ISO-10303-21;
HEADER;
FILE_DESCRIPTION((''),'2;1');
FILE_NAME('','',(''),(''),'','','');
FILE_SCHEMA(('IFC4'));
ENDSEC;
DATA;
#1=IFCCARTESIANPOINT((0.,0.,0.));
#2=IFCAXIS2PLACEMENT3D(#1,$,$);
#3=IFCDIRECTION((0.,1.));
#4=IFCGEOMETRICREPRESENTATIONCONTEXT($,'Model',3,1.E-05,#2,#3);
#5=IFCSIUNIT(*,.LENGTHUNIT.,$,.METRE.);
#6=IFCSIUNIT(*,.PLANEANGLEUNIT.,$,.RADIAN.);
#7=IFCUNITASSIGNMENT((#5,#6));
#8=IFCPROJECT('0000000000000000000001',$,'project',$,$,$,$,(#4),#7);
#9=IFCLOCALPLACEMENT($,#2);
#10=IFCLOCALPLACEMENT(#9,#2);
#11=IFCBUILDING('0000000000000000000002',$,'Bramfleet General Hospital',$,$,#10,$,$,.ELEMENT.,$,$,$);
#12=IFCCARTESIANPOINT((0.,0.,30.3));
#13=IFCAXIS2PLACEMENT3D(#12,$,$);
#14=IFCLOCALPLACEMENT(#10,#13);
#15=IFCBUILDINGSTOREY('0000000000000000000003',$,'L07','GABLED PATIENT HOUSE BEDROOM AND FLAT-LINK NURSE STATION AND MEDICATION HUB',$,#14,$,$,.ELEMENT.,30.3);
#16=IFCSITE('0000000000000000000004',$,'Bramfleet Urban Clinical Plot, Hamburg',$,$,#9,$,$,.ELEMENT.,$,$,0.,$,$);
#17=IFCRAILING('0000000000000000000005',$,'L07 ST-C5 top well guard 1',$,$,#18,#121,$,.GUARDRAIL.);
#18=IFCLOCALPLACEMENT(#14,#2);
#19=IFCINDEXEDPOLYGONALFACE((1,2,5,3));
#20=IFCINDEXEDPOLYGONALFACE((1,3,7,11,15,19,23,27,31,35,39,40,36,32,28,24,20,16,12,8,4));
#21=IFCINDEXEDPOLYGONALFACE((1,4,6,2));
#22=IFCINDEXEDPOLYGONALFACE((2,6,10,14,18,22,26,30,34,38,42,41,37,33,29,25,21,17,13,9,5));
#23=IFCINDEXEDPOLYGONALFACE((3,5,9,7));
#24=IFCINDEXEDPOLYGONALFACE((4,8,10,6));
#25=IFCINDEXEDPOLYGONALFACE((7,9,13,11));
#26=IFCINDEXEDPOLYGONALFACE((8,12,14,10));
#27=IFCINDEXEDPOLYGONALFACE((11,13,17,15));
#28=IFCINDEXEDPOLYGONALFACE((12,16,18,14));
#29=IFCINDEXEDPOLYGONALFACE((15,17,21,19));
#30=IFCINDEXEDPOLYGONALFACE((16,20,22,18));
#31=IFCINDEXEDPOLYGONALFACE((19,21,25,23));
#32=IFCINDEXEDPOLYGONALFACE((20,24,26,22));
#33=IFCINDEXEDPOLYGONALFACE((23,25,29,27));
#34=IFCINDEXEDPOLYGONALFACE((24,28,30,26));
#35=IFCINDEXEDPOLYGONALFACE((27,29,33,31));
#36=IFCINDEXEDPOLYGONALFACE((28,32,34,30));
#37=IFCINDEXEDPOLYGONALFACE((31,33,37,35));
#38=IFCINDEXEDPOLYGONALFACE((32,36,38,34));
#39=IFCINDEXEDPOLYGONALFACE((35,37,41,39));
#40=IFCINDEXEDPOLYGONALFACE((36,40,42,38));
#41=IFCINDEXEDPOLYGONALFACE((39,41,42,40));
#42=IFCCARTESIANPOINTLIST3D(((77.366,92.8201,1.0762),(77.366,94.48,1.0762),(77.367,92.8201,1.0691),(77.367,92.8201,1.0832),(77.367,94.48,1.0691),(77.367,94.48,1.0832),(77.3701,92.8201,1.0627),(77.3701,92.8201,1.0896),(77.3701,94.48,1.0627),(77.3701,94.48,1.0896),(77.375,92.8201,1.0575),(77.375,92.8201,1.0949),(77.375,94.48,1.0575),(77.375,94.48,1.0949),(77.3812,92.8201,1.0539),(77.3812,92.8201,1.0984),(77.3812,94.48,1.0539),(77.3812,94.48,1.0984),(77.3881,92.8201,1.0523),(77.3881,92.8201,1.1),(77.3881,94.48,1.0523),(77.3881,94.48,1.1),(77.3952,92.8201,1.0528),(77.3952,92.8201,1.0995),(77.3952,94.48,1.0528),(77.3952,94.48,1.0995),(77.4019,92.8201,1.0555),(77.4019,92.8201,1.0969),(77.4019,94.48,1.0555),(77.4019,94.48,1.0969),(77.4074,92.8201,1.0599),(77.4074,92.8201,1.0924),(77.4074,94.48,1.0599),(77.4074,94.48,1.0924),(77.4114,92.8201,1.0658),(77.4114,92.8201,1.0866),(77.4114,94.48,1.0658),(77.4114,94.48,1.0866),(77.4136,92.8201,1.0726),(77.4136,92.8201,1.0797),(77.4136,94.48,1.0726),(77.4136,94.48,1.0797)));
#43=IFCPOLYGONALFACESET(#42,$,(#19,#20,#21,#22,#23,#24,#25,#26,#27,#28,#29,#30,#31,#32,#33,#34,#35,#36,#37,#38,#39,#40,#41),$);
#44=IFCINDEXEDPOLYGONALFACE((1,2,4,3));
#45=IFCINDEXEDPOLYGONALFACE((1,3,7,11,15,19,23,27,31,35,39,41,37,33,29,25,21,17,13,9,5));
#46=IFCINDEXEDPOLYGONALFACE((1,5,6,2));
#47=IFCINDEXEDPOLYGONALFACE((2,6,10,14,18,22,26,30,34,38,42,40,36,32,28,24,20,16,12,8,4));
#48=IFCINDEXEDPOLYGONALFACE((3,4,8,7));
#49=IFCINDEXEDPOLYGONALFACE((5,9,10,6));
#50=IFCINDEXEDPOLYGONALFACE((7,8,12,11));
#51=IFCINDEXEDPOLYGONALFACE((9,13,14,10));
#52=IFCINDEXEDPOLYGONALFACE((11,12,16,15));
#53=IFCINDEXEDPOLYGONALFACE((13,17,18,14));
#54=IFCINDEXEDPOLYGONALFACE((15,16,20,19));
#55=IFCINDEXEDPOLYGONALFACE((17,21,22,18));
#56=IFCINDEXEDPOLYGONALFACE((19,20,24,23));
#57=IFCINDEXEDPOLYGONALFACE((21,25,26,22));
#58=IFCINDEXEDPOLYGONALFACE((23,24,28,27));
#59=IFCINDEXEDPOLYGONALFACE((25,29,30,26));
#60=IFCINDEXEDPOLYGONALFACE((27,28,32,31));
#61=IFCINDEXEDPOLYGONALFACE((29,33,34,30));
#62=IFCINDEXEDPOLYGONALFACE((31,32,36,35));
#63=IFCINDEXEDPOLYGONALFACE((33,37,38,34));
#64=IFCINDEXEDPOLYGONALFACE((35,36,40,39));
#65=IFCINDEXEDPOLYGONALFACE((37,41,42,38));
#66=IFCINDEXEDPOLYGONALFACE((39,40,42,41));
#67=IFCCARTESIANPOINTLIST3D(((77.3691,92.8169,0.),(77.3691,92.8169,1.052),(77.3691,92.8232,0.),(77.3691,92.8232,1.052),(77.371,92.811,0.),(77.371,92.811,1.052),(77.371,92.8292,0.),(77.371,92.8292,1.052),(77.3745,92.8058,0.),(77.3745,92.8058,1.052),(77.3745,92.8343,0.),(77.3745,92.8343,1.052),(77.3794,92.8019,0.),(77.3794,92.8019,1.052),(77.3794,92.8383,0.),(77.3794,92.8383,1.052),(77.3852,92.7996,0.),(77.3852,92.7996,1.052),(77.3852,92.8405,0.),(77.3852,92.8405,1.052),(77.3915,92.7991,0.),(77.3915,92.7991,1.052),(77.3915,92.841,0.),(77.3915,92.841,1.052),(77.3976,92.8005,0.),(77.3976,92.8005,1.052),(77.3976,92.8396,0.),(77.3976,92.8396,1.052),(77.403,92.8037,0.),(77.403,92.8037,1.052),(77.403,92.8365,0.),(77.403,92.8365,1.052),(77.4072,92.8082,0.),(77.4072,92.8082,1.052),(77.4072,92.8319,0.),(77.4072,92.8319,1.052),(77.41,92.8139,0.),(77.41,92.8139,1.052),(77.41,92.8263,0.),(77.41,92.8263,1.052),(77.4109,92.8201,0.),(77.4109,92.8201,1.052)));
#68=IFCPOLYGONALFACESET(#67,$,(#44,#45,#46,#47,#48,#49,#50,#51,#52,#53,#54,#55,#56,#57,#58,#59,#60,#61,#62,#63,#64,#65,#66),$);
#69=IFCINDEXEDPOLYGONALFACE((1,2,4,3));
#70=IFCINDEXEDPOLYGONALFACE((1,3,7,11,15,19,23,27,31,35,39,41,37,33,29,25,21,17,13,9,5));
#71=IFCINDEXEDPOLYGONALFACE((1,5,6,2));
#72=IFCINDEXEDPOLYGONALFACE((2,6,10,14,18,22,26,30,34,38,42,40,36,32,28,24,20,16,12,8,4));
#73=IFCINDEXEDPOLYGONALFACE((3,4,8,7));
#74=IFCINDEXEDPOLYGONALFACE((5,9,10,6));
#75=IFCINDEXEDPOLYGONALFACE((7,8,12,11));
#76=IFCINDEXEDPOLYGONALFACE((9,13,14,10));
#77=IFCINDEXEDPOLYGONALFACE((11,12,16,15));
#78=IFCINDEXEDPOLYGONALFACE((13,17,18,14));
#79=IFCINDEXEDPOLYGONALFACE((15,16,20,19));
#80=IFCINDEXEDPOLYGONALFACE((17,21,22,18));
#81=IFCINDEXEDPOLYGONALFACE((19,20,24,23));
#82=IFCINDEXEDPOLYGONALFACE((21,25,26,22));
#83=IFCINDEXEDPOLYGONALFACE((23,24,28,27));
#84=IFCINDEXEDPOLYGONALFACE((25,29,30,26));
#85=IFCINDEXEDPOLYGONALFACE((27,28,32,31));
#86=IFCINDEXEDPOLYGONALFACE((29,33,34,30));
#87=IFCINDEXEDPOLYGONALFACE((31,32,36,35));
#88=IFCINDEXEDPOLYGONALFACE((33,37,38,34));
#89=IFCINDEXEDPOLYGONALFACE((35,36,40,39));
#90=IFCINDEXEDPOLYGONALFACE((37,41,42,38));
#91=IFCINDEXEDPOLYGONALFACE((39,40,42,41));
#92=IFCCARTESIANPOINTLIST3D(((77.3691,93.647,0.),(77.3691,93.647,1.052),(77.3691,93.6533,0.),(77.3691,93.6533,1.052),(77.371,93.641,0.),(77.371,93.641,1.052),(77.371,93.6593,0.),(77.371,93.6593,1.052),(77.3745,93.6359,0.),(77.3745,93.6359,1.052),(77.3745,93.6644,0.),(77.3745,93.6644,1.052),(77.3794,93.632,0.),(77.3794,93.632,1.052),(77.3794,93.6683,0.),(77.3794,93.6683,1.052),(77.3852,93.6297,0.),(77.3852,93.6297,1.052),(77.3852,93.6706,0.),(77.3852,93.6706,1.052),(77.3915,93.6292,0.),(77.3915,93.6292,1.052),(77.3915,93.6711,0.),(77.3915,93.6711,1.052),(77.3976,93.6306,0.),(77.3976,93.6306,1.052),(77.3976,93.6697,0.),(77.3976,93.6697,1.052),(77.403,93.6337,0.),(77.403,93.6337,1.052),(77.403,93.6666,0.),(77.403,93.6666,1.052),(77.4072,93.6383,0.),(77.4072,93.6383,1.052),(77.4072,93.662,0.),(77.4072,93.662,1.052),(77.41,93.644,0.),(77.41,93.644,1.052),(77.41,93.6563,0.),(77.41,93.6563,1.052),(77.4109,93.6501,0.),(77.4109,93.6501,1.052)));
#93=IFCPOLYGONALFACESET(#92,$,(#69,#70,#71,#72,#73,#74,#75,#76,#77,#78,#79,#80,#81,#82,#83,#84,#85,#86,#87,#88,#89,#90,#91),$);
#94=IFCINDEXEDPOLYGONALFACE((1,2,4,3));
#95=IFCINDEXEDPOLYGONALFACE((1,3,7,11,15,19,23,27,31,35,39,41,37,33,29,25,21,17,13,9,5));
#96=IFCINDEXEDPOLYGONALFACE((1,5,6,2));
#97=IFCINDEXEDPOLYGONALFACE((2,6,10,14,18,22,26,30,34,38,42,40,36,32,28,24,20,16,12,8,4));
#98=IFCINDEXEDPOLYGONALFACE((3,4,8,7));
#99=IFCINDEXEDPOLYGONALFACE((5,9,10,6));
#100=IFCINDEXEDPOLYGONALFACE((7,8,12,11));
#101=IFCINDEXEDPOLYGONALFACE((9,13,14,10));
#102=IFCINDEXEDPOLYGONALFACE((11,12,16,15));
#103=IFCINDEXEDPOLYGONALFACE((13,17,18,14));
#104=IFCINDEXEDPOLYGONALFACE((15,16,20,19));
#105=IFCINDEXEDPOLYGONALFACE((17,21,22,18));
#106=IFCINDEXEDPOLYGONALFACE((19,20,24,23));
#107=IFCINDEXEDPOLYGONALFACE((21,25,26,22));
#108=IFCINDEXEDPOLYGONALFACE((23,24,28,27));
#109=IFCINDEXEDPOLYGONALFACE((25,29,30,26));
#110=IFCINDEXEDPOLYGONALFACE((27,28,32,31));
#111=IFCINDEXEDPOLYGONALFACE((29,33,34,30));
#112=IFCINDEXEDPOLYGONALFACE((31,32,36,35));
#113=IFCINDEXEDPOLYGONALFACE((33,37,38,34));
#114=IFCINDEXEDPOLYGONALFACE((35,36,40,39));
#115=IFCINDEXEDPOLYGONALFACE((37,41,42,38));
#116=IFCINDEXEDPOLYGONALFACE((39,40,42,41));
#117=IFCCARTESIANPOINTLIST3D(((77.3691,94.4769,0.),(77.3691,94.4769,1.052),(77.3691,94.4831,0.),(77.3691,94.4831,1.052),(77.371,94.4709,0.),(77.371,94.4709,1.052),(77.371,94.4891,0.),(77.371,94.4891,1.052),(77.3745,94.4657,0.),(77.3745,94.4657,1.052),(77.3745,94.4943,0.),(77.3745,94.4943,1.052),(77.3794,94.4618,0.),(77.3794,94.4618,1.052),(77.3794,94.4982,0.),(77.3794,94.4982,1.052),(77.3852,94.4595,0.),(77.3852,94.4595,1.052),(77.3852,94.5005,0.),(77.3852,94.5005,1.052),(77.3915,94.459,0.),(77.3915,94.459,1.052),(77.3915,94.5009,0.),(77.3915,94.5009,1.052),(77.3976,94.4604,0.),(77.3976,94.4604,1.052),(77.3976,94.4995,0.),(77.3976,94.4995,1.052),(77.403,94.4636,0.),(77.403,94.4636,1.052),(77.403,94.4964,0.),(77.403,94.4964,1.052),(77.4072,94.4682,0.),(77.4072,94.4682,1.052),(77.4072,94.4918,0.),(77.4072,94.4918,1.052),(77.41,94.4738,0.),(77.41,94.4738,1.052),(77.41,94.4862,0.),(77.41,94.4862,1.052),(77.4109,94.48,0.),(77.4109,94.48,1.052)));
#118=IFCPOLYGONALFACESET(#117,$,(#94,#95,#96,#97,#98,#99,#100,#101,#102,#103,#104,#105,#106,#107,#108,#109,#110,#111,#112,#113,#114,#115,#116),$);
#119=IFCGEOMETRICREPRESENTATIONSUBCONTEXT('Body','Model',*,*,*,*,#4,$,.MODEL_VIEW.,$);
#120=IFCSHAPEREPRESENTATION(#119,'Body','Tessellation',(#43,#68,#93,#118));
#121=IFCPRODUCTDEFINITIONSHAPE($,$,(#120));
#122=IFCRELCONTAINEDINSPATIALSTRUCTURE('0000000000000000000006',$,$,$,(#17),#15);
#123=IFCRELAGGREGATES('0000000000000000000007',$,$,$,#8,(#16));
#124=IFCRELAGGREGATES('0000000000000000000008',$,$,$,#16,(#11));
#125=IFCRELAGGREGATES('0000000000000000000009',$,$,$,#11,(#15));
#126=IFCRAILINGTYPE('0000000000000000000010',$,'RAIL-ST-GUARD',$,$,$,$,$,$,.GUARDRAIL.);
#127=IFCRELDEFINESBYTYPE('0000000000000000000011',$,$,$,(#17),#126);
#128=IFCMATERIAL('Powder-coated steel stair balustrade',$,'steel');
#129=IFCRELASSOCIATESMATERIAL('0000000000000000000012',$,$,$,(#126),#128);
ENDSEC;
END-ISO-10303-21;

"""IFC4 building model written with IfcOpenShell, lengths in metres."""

from ifc_helpers import new_model, si_unit, direction, frame, origin, origin_2d, place, context, subcontext, project, spatial, circle, extrude, material, type_object, element, save


model = new_model("IFC4")

# Units and contexts
model_context = context("Model", 3, precision=1e-05, world=origin(), true_north=direction((0.0, 1.0)))
body_context = subcontext(model_context, "Body", "Model", "MODEL_VIEW")
ifc_project = project(units=[si_unit("LENGTHUNIT", "METRE"), si_unit("PLANEANGLEUNIT", "RADIAN")], contexts=[model_context])

# Site, building, storey
site_placement = place(None, origin())
site = spatial("IfcSite", under=ifc_project, at=site_placement, Name="Bramfleet Urban Clinical Plot, Hamburg", CompositionType="ELEMENT", RefElevation=0.0)
building_placement = place(site_placement, origin())
building = spatial("IfcBuilding", under=site, at=building_placement, Name="Bramfleet General Hospital", CompositionType="ELEMENT")
storey_placement = place(building_placement, frame((0.0, 0.0, 30.3)))
storey = spatial("IfcBuildingStorey", under=building, at=storey_placement, Name="L07", Description="GABLED PATIENT HOUSE BEDROOM AND FLAT-LINK NURSE STATION AND MEDICATION HUB", CompositionType="ELEMENT", Elevation=30.3)

# Railing
ifc_material_1 = material(Name="Powder-coated steel stair balustrade", Category="steel")
railing_type = type_object("IfcRailingType", Name="RAIL-ST-GUARD", PredefinedType="GUARDRAIL", material=ifc_material_1)
railing_placement = place(storey_placement, frame((77.3899, 92.8201, 0.0)))
element("IfcRailing", 1, at=railing_placement, inside=storey, type_object=railing_type, Name="L07 ST-C5 top well guard 1", PredefinedType="GUARDRAIL", context=body_context, shape_type="SweptSolid", body=[
    extrude(circle(Radius=0.0239, at=origin_2d()), frame((0.0, 0.0, 1.0762), z_axis=(0.0, 1.0, 0.0), x_axis=(-1.0, 0.0, 0.0)), (0.0, 0.0, 1.0), 1.6599),
    extrude(circle(Radius=0.021, at=origin_2d()), origin(), (0.0, 0.0, 1.0), 1.052),
    extrude(circle(Radius=0.021, at=origin_2d()), frame((0.0, 0.8301, 0.0)), (0.0, 0.0, 1.0), 1.052),
    extrude(circle(Radius=0.021, at=origin_2d()), frame((0.0, 1.6599, 0.0)), (0.0, 0.0, 1.0), 1.052),
])

save(model, "model.ifc")
